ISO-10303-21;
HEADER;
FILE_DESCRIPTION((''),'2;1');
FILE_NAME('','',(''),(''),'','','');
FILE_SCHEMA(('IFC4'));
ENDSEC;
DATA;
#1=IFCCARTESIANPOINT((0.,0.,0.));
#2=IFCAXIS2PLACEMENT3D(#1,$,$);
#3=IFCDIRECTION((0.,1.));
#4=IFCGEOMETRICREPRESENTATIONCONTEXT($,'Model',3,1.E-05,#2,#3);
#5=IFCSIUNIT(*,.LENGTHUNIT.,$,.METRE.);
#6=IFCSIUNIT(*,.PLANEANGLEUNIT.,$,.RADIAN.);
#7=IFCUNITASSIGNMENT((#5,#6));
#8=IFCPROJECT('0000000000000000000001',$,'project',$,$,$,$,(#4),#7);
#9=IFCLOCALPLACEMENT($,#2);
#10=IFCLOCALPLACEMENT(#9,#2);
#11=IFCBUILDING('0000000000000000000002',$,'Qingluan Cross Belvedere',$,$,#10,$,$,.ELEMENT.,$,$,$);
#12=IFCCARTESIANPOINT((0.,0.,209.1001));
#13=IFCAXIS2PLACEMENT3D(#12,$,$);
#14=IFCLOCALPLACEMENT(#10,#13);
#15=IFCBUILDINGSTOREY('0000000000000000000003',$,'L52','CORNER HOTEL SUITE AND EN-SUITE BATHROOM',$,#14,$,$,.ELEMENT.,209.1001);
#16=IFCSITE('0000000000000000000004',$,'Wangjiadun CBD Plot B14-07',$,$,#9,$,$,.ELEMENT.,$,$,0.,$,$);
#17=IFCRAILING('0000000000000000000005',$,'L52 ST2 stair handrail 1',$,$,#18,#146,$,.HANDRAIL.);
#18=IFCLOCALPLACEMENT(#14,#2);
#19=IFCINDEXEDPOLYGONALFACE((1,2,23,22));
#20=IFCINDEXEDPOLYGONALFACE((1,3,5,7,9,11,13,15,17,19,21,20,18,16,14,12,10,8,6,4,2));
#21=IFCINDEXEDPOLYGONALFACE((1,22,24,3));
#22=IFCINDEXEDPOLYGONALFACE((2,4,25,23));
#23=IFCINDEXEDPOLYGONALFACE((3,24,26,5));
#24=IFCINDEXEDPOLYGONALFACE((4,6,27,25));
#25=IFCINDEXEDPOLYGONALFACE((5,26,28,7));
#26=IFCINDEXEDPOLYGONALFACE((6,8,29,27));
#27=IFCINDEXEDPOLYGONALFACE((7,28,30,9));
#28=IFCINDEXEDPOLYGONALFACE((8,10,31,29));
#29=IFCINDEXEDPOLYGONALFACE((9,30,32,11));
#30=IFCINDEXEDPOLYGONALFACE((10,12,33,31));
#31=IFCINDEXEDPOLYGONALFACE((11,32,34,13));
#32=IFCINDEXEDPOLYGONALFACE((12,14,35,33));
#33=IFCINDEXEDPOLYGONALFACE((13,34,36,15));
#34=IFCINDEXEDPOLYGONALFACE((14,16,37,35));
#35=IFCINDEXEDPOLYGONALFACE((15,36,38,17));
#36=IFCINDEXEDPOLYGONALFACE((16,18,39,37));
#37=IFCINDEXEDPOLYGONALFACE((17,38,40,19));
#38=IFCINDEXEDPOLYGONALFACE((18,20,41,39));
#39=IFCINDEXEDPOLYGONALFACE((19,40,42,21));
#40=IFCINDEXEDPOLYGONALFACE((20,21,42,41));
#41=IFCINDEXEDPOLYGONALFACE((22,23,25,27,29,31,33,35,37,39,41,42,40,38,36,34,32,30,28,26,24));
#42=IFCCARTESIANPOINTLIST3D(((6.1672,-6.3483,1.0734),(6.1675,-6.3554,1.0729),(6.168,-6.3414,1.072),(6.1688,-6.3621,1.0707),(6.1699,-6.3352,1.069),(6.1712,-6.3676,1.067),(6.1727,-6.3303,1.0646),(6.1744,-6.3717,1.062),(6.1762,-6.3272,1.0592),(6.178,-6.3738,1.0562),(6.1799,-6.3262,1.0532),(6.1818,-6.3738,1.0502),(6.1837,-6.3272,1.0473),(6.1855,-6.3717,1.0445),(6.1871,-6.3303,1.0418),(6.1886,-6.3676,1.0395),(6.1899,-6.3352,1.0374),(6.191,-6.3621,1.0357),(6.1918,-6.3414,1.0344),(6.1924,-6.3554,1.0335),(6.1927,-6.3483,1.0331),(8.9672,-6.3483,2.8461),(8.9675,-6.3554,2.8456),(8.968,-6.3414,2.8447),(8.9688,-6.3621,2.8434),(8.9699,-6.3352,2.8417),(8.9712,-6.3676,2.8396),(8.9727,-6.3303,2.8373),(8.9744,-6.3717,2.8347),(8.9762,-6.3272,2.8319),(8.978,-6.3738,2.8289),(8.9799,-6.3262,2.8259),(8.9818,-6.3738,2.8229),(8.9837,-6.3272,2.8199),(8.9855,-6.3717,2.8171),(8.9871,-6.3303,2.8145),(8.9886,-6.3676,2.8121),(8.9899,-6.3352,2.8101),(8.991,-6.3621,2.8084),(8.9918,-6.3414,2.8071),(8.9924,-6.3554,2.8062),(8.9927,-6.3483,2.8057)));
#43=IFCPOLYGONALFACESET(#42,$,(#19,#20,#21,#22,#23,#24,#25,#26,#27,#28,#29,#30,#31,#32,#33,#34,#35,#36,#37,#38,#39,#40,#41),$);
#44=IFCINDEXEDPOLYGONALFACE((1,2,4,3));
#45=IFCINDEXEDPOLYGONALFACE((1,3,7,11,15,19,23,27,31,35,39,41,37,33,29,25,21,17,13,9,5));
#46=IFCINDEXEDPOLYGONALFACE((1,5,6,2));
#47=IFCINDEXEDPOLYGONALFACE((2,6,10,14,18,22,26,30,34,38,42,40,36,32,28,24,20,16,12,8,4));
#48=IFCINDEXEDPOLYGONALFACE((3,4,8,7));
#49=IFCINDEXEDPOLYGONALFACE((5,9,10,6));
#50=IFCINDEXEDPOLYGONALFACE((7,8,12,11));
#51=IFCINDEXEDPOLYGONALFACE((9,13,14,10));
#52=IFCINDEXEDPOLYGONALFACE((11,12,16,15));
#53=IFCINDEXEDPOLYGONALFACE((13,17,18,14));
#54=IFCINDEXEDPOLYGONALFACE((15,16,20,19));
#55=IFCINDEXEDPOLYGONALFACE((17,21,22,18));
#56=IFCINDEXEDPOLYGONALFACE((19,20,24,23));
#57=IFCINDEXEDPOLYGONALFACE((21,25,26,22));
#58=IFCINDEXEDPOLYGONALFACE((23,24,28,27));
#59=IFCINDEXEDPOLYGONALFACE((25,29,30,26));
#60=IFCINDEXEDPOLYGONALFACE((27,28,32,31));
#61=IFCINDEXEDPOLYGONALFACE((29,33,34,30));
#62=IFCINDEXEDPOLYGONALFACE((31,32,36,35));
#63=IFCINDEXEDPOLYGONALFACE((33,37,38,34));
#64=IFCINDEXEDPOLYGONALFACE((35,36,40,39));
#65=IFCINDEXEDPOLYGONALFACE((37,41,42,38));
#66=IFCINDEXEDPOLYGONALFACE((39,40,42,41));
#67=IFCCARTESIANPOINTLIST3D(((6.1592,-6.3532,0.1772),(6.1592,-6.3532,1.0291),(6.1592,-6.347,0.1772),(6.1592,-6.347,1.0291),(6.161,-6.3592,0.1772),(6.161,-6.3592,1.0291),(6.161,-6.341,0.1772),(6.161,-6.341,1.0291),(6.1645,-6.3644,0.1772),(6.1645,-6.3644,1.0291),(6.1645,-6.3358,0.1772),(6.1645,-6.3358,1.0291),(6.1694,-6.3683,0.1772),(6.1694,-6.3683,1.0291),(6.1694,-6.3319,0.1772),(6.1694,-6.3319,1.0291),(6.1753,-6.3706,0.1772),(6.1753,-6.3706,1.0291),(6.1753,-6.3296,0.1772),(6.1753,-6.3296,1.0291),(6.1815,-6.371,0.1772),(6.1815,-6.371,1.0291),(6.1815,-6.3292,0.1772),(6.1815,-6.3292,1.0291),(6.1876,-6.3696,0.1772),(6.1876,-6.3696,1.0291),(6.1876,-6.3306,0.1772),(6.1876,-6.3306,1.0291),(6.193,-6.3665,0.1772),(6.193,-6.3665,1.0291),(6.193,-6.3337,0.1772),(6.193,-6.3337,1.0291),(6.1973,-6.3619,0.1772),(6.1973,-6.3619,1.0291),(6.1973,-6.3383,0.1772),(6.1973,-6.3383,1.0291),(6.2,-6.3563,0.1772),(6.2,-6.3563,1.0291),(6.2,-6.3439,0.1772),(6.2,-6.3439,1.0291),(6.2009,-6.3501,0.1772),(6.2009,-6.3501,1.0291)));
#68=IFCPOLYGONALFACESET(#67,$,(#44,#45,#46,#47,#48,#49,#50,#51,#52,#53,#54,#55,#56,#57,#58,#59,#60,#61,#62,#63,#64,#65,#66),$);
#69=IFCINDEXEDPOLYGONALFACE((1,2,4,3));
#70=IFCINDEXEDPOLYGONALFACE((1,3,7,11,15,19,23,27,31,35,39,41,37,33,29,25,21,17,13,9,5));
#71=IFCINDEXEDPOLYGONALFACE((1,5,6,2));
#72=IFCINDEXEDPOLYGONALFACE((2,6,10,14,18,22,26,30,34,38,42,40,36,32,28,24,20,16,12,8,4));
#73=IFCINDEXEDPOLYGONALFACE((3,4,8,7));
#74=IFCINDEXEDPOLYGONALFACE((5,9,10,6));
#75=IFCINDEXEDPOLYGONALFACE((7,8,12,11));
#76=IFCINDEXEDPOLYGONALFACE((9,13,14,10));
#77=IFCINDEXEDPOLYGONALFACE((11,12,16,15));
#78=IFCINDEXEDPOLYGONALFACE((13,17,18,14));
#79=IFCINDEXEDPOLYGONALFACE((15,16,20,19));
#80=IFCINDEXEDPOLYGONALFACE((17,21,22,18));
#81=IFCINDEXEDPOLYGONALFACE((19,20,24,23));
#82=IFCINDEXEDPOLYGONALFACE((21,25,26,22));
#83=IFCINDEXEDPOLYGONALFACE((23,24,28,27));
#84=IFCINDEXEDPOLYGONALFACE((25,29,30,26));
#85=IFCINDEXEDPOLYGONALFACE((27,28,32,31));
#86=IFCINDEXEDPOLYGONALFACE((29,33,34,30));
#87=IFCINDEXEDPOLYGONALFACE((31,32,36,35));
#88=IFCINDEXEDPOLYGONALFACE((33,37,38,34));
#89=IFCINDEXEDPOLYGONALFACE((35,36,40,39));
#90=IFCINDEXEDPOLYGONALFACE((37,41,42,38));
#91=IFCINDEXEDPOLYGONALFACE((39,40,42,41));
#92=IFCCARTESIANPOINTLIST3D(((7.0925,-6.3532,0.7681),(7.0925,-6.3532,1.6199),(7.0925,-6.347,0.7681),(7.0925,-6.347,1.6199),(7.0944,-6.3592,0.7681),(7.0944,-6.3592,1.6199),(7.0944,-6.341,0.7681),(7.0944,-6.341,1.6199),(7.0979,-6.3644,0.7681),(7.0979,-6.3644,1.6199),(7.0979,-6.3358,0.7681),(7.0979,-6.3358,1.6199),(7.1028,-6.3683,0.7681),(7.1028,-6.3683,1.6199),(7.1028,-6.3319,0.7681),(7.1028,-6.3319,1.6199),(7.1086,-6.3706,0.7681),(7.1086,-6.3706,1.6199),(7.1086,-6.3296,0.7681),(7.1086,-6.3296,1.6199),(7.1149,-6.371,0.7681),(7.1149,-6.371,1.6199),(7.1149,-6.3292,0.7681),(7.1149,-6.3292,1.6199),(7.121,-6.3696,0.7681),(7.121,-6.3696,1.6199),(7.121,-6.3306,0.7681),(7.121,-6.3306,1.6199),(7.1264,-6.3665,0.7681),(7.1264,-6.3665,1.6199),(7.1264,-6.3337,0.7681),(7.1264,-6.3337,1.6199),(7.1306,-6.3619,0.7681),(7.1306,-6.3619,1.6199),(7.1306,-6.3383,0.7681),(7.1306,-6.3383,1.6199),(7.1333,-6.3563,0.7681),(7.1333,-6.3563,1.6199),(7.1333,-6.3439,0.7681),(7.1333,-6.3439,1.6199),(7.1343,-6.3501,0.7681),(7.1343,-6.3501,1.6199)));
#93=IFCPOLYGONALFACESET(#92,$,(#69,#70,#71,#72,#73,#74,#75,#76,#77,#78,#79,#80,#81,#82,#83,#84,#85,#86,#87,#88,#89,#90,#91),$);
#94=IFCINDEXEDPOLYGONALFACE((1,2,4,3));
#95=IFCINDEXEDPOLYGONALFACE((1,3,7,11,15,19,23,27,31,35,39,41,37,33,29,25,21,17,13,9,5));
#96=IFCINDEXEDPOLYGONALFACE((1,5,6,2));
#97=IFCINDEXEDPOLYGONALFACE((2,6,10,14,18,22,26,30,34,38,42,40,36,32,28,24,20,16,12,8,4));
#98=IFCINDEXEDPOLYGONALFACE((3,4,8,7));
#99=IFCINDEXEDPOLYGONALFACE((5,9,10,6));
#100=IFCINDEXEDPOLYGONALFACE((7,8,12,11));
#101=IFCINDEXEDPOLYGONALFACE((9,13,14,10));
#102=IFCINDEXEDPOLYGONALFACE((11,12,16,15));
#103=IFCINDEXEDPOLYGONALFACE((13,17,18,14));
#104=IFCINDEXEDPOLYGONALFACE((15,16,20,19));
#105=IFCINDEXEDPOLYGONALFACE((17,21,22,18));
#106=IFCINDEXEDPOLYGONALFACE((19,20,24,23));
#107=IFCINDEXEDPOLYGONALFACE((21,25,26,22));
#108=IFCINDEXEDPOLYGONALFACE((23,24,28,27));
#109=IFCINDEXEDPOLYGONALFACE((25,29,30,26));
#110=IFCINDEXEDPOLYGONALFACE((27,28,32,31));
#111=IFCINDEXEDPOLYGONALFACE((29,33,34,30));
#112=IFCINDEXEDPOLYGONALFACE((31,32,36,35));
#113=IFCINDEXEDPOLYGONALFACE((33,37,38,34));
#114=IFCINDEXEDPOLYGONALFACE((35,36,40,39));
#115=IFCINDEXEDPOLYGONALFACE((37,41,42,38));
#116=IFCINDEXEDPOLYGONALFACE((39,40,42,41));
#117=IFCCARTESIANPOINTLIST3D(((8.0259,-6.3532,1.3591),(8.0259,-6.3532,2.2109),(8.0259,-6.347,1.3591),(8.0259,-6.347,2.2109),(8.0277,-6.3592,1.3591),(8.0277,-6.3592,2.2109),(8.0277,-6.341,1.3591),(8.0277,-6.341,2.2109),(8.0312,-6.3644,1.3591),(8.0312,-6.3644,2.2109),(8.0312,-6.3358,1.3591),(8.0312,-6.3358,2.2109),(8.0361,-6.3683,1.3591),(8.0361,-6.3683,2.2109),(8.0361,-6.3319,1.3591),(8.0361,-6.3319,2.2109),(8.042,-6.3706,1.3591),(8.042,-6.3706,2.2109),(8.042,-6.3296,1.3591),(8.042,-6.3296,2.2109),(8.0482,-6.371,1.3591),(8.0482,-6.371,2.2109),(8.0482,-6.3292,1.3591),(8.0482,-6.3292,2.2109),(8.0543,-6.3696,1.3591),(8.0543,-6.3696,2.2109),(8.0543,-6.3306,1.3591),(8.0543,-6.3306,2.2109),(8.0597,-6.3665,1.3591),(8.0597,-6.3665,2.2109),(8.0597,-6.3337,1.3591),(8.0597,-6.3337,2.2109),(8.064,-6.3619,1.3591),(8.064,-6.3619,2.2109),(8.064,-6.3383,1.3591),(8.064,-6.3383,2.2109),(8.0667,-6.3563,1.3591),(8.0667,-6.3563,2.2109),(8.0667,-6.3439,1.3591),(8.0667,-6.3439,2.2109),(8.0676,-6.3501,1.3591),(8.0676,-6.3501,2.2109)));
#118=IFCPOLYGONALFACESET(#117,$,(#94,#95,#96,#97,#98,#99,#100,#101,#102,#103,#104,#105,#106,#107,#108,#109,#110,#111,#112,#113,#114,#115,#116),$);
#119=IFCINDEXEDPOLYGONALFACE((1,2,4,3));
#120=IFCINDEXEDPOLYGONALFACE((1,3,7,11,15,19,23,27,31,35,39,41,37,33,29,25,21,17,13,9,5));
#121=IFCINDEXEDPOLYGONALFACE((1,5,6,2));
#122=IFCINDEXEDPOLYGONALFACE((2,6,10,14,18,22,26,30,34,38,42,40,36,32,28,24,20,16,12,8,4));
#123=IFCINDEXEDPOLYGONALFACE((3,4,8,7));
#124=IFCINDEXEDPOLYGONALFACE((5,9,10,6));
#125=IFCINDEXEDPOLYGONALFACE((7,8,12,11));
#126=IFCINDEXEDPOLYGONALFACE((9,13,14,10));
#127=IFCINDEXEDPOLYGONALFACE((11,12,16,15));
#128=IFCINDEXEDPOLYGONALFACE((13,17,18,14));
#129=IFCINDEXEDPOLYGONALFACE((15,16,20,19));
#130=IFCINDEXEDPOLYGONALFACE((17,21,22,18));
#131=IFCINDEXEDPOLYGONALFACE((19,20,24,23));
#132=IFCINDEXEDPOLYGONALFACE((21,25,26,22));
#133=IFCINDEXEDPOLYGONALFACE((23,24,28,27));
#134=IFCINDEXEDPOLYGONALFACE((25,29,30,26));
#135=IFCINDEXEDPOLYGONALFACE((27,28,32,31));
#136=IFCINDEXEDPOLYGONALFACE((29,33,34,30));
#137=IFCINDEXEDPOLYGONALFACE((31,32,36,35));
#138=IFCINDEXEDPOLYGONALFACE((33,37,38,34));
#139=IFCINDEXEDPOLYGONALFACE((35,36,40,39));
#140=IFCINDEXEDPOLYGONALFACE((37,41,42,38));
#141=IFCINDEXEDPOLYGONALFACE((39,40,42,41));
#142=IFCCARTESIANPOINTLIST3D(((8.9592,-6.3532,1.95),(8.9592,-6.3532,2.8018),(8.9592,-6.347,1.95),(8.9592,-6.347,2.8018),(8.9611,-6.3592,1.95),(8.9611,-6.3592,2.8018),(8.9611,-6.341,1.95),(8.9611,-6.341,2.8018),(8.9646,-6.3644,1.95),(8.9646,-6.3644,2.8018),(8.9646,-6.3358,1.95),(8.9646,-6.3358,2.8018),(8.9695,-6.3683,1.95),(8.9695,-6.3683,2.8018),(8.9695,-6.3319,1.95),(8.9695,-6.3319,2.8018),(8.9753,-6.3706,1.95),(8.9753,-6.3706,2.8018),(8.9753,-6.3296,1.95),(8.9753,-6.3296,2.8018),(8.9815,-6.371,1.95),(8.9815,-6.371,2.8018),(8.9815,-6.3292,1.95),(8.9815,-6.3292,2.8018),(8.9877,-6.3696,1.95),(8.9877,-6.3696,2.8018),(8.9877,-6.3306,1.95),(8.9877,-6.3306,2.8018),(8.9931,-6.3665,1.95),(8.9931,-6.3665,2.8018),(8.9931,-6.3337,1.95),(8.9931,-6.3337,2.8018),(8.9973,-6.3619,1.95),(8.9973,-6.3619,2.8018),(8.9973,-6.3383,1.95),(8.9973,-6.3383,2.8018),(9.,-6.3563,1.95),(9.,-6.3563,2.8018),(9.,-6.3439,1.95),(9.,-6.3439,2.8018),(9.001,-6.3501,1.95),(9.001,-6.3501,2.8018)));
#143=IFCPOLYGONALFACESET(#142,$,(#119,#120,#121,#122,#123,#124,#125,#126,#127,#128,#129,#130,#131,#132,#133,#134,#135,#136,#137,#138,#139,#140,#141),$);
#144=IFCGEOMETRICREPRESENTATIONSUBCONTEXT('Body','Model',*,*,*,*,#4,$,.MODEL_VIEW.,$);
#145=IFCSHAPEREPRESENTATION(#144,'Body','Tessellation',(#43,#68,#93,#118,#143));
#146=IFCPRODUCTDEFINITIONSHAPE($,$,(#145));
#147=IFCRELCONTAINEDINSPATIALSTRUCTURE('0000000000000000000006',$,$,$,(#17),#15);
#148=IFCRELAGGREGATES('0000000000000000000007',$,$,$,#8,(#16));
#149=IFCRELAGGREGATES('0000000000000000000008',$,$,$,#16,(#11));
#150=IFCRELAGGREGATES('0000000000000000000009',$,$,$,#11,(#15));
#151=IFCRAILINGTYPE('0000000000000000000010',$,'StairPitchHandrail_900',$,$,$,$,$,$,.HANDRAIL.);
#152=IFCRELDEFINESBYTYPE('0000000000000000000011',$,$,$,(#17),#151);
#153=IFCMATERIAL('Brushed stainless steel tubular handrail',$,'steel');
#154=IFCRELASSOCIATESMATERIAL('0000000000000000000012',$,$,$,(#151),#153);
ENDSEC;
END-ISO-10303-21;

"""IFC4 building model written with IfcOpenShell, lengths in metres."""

from ifc_helpers import new_model, si_unit, direction, frame, origin, origin_2d, place, context, subcontext, project, spatial, circle, extrude, material, type_object, element, save


model = new_model("IFC4")

# Units and contexts
model_context = context("Model", 3, precision=1e-05, world=origin(), true_north=direction((0.0, 1.0)))
body_context = subcontext(model_context, "Body", "Model", "MODEL_VIEW")
ifc_project = project(units=[si_unit("LENGTHUNIT", "METRE"), si_unit("PLANEANGLEUNIT", "RADIAN")], contexts=[model_context])

# Site, building, storey
site_placement = place(None, origin())
site = spatial("IfcSite", under=ifc_project, at=site_placement, Name="Wangjiadun CBD Plot B14-07", CompositionType="ELEMENT", RefElevation=0.0)
building_placement = place(site_placement, origin())
building = spatial("IfcBuilding", under=site, at=building_placement, Name="Qingluan Cross Belvedere", CompositionType="ELEMENT")
storey_placement = place(building_placement, frame((0.0, 0.0, 209.1001)))
storey = spatial("IfcBuildingStorey", under=building, at=storey_placement, Name="L52", Description="CORNER HOTEL SUITE AND EN-SUITE BATHROOM", CompositionType="ELEMENT", Elevation=209.1001)

# Railing
ifc_material_1 = material(Name="Brushed stainless steel tubular handrail", Category="steel")
railing_type_1 = type_object("IfcRailingType", Name="StairPitchHandrail_900", PredefinedType="HANDRAIL", material=ifc_material_1)
railing_1_placement = place(storey_placement, frame((6.1799, -6.3501, 0.1772)))
element("IfcRailing", 1, at=railing_1_placement, inside=storey, type_object=railing_type_1, Name="L52 ST2 stair handrail 1", PredefinedType="HANDRAIL", context=body_context, shape_type="SweptSolid", body=[
    extrude(circle(Radius=0.0239, at=origin_2d()), frame((0.0, 0.0, 0.876), z_axis=(0.844909, 0.0, 0.53491), x_axis=(0.0, 1.0, 0.0)), (0.0, 0.0, 1.0), 3.314),
    extrude(circle(Radius=0.021, at=origin_2d()), origin(), (0.0, 0.0, 1.0), 0.8518),
    extrude(circle(Radius=0.021, at=origin_2d()), frame((0.9333, 0.0, 0.5908)), (0.0, 0.0, 1.0), 0.8518),
    extrude(circle(Radius=0.021, at=origin_2d()), frame((1.8667, 0.0, 1.1819)), (0.0, 0.0, 1.0), 0.8518),
    extrude(circle(Radius=0.021, at=origin_2d()), frame((2.8, 0.0, 1.7727)), (0.0, 0.0, 1.0), 0.8518),
])

save(model, "model.ifc")
